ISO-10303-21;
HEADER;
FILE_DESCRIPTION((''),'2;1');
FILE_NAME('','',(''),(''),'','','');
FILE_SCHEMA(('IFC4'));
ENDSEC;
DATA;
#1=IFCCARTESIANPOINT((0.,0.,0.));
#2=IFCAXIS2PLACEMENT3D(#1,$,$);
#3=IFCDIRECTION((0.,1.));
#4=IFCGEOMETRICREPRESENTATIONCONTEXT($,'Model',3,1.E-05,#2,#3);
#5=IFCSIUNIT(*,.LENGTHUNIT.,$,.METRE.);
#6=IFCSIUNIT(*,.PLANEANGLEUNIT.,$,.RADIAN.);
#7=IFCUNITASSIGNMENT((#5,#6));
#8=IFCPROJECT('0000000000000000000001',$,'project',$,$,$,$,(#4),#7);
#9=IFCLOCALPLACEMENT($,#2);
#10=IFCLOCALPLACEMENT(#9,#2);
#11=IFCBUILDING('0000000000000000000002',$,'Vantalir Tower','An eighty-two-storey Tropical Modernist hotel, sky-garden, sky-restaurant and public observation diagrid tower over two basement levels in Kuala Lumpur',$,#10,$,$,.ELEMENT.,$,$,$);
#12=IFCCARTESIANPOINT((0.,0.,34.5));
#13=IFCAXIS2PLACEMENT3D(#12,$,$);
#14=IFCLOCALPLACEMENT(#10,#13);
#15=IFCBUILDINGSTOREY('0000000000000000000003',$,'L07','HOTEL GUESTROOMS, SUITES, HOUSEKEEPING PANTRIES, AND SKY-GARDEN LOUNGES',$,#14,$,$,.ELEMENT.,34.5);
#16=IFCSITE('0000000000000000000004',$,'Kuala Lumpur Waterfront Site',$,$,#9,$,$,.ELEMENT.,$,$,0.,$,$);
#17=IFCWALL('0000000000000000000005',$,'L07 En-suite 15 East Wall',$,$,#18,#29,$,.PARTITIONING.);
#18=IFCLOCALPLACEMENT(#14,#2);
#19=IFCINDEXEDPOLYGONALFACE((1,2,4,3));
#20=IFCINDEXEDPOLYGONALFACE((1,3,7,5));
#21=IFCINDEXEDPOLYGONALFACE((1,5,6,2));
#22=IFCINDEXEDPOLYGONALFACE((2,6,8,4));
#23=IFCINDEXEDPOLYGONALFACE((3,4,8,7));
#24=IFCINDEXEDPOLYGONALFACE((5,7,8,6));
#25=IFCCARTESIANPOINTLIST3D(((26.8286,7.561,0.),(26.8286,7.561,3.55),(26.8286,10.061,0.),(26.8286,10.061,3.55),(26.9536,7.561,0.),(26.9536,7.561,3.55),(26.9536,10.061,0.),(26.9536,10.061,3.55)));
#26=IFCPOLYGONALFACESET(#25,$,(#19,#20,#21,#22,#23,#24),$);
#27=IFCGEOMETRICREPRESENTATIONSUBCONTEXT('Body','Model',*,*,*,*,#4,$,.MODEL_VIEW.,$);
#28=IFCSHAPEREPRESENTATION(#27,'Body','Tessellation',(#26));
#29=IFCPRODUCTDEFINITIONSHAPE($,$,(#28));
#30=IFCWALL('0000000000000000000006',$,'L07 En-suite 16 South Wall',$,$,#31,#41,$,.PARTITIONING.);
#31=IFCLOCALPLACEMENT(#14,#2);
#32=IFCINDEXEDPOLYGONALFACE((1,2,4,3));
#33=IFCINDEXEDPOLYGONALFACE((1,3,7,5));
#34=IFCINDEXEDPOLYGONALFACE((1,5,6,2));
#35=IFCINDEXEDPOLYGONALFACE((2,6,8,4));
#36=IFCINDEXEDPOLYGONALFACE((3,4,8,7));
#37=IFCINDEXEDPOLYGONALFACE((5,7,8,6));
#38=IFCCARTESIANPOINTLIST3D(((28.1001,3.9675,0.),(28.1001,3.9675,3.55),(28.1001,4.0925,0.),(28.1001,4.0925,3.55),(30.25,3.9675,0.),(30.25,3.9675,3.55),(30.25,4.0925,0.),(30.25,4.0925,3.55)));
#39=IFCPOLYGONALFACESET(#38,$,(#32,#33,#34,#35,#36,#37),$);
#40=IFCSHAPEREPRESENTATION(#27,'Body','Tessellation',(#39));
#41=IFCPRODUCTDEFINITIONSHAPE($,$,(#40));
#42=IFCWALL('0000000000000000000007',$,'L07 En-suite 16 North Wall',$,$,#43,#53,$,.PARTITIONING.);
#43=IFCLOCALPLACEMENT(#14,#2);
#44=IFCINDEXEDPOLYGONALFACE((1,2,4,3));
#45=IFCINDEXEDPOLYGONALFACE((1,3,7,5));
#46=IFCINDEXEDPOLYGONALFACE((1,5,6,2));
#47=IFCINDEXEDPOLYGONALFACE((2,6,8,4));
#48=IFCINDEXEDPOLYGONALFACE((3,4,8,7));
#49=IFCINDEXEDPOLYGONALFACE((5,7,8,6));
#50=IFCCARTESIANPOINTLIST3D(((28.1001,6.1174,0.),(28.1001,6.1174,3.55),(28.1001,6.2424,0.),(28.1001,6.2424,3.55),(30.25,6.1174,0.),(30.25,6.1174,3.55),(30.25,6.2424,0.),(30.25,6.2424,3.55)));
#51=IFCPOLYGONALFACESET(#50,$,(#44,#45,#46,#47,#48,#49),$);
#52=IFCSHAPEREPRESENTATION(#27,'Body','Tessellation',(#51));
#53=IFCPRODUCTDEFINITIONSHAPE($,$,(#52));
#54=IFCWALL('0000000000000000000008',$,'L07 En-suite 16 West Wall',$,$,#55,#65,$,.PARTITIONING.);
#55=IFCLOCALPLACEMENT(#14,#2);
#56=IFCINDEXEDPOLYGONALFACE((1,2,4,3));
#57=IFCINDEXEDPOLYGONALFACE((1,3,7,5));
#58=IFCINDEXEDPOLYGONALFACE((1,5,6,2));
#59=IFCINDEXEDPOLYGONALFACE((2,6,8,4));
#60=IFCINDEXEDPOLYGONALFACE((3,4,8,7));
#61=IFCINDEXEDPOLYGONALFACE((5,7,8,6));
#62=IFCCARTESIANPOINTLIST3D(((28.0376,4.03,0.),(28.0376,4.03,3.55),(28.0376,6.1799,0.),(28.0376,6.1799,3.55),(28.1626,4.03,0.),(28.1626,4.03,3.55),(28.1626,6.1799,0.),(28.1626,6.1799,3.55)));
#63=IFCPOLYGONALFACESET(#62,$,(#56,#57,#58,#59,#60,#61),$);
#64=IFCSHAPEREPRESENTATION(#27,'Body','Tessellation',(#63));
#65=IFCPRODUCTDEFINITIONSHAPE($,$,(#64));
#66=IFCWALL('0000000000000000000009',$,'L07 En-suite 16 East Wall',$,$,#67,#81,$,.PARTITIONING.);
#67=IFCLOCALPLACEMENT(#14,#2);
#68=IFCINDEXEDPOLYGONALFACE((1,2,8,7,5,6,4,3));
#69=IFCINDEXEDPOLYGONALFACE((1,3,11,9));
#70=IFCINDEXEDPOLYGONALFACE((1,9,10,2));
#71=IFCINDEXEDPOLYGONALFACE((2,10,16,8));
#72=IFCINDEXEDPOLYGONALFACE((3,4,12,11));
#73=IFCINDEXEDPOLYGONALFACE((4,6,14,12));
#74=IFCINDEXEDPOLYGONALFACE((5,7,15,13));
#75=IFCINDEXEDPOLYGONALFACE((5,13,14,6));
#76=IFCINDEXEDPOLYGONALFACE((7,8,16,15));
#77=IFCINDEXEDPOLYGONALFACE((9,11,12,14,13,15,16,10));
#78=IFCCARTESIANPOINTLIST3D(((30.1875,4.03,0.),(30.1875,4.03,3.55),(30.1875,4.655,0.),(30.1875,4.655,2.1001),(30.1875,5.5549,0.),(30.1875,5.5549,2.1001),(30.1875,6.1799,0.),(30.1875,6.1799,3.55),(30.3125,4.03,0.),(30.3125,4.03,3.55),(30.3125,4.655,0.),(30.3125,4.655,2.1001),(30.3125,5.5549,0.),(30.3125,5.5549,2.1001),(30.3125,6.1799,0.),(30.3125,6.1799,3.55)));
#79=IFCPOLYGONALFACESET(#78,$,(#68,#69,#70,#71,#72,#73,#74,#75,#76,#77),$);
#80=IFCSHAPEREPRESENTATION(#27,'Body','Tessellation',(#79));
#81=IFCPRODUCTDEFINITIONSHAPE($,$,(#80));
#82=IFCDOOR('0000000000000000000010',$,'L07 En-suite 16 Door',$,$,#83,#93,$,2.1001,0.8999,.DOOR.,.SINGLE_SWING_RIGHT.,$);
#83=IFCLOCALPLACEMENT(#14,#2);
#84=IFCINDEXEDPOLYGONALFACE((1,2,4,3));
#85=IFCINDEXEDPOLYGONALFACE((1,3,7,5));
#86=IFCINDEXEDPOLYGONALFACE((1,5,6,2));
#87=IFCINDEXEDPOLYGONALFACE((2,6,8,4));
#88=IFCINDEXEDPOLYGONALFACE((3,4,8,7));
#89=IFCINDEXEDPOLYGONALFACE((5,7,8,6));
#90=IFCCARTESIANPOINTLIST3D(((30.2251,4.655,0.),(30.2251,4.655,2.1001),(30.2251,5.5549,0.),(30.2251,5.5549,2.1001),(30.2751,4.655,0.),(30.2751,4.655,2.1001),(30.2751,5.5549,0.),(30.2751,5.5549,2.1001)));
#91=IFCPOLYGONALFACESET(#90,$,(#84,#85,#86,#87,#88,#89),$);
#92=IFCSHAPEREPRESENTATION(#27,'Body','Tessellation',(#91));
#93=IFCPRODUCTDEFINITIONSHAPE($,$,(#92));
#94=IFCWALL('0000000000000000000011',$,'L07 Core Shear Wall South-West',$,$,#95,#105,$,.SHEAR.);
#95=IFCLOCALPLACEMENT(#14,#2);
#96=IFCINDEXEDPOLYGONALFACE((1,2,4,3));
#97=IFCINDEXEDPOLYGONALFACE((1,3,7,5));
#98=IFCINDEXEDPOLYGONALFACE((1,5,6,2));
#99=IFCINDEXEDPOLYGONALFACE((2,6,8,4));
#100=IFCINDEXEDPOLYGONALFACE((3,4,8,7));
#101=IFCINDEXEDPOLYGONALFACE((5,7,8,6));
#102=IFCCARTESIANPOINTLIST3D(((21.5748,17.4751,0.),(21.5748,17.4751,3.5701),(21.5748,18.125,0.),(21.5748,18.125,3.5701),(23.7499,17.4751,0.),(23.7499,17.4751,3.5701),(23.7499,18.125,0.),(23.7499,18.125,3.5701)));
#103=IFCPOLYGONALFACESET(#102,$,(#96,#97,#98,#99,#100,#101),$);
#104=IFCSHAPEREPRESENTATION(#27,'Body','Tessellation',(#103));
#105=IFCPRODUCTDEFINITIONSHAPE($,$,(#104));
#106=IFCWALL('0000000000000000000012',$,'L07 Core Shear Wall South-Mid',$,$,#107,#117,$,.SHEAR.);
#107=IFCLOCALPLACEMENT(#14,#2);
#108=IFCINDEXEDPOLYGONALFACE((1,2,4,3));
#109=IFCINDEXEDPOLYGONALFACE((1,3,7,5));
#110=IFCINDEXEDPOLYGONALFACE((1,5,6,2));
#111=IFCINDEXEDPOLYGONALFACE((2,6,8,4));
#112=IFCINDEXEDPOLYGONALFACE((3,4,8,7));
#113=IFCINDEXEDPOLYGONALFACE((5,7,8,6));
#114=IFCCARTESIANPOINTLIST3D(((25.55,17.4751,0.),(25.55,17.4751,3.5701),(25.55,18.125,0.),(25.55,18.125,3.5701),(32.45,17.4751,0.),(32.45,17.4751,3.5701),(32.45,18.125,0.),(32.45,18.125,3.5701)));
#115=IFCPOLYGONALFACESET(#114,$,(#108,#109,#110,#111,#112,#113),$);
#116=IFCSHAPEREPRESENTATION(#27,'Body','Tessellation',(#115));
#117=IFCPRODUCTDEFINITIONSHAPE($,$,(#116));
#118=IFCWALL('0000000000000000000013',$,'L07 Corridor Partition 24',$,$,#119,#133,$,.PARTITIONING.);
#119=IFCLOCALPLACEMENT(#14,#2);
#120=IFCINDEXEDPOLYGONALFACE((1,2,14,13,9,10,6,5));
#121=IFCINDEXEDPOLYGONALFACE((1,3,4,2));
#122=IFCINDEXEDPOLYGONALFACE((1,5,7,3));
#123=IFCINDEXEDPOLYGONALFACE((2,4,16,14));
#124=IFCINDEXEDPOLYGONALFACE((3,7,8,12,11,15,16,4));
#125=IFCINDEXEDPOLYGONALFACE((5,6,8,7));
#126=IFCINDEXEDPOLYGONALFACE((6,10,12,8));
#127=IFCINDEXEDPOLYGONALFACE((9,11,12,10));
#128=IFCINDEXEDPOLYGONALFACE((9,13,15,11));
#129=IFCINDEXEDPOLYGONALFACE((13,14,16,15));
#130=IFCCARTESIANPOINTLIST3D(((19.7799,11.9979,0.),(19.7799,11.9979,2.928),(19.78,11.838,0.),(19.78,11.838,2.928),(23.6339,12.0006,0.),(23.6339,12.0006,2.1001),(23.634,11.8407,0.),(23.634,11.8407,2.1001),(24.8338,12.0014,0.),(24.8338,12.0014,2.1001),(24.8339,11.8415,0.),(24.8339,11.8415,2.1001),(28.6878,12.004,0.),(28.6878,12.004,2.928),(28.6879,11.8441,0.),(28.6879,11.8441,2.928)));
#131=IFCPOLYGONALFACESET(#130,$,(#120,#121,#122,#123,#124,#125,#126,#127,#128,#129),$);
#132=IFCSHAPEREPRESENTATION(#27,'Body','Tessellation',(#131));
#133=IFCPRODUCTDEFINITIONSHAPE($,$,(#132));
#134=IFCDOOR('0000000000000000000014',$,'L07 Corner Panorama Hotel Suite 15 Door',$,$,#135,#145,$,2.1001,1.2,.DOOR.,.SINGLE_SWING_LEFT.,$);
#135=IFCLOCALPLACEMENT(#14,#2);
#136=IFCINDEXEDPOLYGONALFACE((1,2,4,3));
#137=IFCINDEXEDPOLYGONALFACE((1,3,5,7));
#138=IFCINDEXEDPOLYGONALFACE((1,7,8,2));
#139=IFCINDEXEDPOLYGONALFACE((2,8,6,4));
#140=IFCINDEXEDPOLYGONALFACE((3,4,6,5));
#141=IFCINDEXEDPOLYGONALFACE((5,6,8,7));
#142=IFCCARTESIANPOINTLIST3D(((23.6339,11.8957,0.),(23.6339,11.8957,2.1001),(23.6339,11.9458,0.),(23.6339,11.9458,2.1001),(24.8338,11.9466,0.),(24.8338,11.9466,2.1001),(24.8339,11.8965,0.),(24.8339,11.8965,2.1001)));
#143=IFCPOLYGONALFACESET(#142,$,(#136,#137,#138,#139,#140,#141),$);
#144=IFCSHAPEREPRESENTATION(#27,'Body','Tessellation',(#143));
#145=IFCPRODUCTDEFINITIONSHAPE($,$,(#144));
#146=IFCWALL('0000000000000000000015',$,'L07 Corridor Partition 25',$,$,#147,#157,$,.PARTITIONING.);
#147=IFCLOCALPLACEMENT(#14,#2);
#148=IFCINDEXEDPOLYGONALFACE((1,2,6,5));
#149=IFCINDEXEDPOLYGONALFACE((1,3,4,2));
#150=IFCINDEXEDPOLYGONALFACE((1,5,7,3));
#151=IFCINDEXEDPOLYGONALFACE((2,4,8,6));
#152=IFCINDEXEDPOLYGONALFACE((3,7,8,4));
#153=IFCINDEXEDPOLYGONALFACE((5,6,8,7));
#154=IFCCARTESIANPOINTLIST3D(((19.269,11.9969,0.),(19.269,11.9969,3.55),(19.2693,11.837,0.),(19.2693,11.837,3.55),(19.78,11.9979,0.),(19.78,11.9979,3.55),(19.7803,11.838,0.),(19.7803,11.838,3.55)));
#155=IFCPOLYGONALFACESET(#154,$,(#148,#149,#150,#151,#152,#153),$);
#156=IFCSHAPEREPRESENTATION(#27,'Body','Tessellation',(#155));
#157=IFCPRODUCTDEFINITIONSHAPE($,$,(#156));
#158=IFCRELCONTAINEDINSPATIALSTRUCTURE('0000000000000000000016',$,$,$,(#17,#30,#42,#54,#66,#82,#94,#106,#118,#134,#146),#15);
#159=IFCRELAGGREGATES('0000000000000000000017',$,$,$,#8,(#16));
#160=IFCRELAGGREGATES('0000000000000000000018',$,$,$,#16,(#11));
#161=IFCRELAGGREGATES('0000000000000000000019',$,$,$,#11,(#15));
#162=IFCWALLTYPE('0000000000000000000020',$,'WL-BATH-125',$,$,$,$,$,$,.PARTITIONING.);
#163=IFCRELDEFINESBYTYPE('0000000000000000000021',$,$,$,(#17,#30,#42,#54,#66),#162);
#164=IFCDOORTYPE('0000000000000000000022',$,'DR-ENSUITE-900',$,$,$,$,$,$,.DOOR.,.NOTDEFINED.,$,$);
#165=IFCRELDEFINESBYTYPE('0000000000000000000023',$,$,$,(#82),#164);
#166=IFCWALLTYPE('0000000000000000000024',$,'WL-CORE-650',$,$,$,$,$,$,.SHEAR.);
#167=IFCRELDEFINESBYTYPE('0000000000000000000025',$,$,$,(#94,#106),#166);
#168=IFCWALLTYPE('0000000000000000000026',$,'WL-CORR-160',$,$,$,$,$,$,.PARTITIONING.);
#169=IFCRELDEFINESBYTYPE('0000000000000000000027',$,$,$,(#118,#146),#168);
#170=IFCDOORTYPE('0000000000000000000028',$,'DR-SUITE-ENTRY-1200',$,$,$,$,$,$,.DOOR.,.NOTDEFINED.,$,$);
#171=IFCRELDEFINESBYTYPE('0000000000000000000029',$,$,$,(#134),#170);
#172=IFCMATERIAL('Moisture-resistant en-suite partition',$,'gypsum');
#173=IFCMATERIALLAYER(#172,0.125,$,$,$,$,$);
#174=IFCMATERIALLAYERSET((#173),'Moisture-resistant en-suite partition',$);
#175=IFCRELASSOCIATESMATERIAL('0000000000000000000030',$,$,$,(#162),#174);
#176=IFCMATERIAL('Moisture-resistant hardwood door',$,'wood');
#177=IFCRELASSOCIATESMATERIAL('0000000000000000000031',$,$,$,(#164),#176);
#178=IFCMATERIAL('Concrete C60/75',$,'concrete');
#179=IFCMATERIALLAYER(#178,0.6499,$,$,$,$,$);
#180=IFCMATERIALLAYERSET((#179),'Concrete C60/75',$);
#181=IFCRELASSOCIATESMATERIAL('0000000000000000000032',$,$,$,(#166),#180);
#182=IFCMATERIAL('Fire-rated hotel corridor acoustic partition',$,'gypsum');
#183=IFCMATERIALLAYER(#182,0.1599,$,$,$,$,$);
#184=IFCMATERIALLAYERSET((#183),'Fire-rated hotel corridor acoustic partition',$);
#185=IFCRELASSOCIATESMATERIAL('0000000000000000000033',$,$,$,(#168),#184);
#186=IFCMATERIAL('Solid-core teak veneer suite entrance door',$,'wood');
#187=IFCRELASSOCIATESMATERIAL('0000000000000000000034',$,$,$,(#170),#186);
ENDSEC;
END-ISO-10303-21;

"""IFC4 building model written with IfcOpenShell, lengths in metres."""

from ifc_helpers import new_model, si_unit, direction, frame, frame_2d, origin, place, context, subcontext, project, spatial, rectangle, extrude, material, layer, layer_set, type_object, element, fill, save


model = new_model("IFC4")

# Units and contexts
model_context = context("Model", 3, precision=1e-05, world=origin(), true_north=direction((0.0, 1.0)))
body_context = subcontext(model_context, "Body", "Model", "MODEL_VIEW")
ifc_project = project(units=[si_unit("LENGTHUNIT", "METRE"), si_unit("PLANEANGLEUNIT", "RADIAN")], contexts=[model_context])

# Site, building, storey
site_placement = place(None, origin())
site = spatial("IfcSite", under=ifc_project, at=site_placement, Name="Kuala Lumpur Waterfront Site", CompositionType="ELEMENT", RefElevation=0.0)
building_placement = place(site_placement, origin())
building = spatial("IfcBuilding", under=site, at=building_placement, Name="Vantalir Tower", Description="An eighty-two-storey Tropical Modernist hotel, sky-garden, sky-restaurant and public observation diagrid tower over two basement levels in Kuala Lumpur", CompositionType="ELEMENT")
storey_placement = place(building_placement, frame((0.0, 0.0, 34.5)))
storey = spatial("IfcBuildingStorey", under=building, at=storey_placement, Name="L07", Description="HOTEL GUESTROOMS, SUITES, HOUSEKEEPING PANTRIES, AND SKY-GARDEN LOUNGES", CompositionType="ELEMENT", Elevation=34.5)

# Shared definitions
ifc_material_1 = material(Name="Concrete C60/75", Category="concrete")

# Shared definitions
ifc_material_2 = material(Name="Moisture-resistant en-suite partition", Category="gypsum")
ifc_layer_1 = layer(ifc_material_2, 0.125)
ifc_layer_set_1 = layer_set([ifc_layer_1], Name="Moisture-resistant en-suite partition")
wall_type_1 = type_object("IfcWallType", Name="WL-BATH-125", PredefinedType="PARTITIONING", material=ifc_layer_set_1)

# Shared definitions
ifc_material_3 = material(Name="Moisture-resistant hardwood door", Category="wood")
door_type_1 = type_object("IfcDoorType", Name="DR-ENSUITE-900", OperationType="NOTDEFINED", PredefinedType="DOOR", material=ifc_material_3)

# Walls
for number, where, z_axis, x_axis, name in (
    (1, (26.8911, 7.561, 0.0), (0.0, 0.0, 1.0), (0.0, 1.0, 0.0), "L07 En-suite 15 East Wall"),
):
    element("IfcWall", number, at=place(storey_placement, frame(where, z_axis=z_axis, x_axis=x_axis)), inside=storey, type_object=wall_type_1, Name=name, PredefinedType="PARTITIONING", context=body_context, shape_type="SweptSolid", body=[
        extrude(rectangle(XDim=2.5, YDim=0.125, at=frame_2d((1.25, 0.0))), origin(), (0.0, 0.0, 1.0), 3.55),
    ])
for number, where, z_axis, x_axis, name in (
    (2, (28.1001, 4.03, 0.0), (0.0, 0.0, 1.0), (1.0, 0.0, 0.0), "L07 En-suite 16 South Wall"),
    (3, (28.1001, 6.1799, 0.0), (0.0, 0.0, 1.0), (1.0, 0.0, 0.0), "L07 En-suite 16 North Wall"),
    (4, (28.1001, 4.03, 0.0), (0.0, 0.0, 1.0), (0.0, 1.0, 0.0), "L07 En-suite 16 West Wall"),
):
    element("IfcWall", number, at=place(storey_placement, frame(where, z_axis=z_axis, x_axis=x_axis)), inside=storey, type_object=wall_type_1, Name=name, PredefinedType="PARTITIONING", context=body_context, shape_type="SweptSolid", body=[
        extrude(rectangle(XDim=2.1499, YDim=0.125, at=frame_2d((1.075, 0.0))), origin(), (0.0, 0.0, 1.0), 3.55),
    ])

# Wall, opening, door
wall_1_placement = place(storey_placement, frame((30.25, 4.03, 0.0), z_axis=(0.0, 0.0, 1.0), x_axis=(0.0, 1.0, 0.0)))
wall_1 = element("IfcWall", 5, at=wall_1_placement, inside=storey, type_object=wall_type_1, Name="L07 En-suite 16 East Wall", PredefinedType="PARTITIONING", context=body_context, shape_type="SweptSolid", body=[
    extrude(rectangle(XDim=2.1499, YDim=0.125, at=frame_2d((1.075, 0.0))), origin(), (0.0, 0.0, 1.0), 3.55),
])
opening_1_placement = place(wall_1_placement, frame((0.625, 0.0, 0.0)))
opening_1 = element("IfcOpeningElement", 6, at=opening_1_placement, cuts=wall_1, PredefinedType="OPENING", context=body_context, shape_type="SweptSolid", body=[
    extrude(rectangle(XDim=0.8999, YDim=2.1001, at=frame_2d((0.45, 1.05))), frame((0.0, 0.0725, 0.0), z_axis=(0.0, -1.0, 0.0), x_axis=(1.0, 0.0, 0.0)), (0.0, 0.0, 1.0), 0.145),
])
door_1_placement = place(opening_1_placement, origin())
door_1 = element("IfcDoor", 7, at=door_1_placement, inside=storey, type_object=door_type_1, Name="L07 En-suite 16 Door", OperationType="SINGLE_SWING_RIGHT", OverallHeight=2.1001, OverallWidth=0.8999, PredefinedType="DOOR", context=body_context, shape_type="SweptSolid", body=[
    extrude(rectangle(XDim=0.8999, YDim=2.1001, at=frame_2d((0.45, 1.05))), frame((0.0, 0.0249, 0.0), z_axis=(0.0, -1.0, 0.0), x_axis=(1.0, 0.0, 0.0)), (0.0, 0.0, 1.0), 0.05),
])
fill(opening_1, door_1)

# Walls
ifc_layer_2 = layer(ifc_material_1, 0.6499)
ifc_layer_set_2 = layer_set([ifc_layer_2], Name="Concrete C60/75")
wall_type_2 = type_object("IfcWallType", Name="WL-CORE-650", PredefinedType="SHEAR", material=ifc_layer_set_2)
wall_2_placement = place(storey_placement, frame((21.575, 17.8, 0.0), z_axis=(0.0, 0.0, 1.0), x_axis=(1.0, 0.0, 0.0)))
element("IfcWall", 8, at=wall_2_placement, inside=storey, type_object=wall_type_2, Name="L07 Core Shear Wall South-West", PredefinedType="SHEAR", context=body_context, shape_type="SweptSolid", body=[
    extrude(rectangle(XDim=2.175, YDim=0.6499, at=frame_2d((1.0874, 0.0))), origin(), (0.0, 0.0, 1.0), 3.5701),
])
wall_3_placement = place(storey_placement, frame((25.55, 17.8, 0.0), z_axis=(0.0, 0.0, 1.0), x_axis=(1.0, 0.0, 0.0)))
element("IfcWall", 9, at=wall_3_placement, inside=storey, type_object=wall_type_2, Name="L07 Core Shear Wall South-Mid", PredefinedType="SHEAR", context=body_context, shape_type="SweptSolid", body=[
    extrude(rectangle(XDim=6.8999, YDim=0.6499, at=frame_2d((3.45, 0.0))), origin(), (0.0, 0.0, 1.0), 3.5701),
])

# Wall, opening, door
ifc_material_4 = material(Name="Fire-rated hotel corridor acoustic partition", Category="gypsum")
ifc_layer_3 = layer(ifc_material_4, 0.1599)
ifc_layer_set_3 = layer_set([ifc_layer_3], Name="Fire-rated hotel corridor acoustic partition")
wall_type_3 = type_object("IfcWallType", Name="WL-CORR-160", PredefinedType="PARTITIONING", material=ifc_layer_set_3)
wall_4_placement = place(storey_placement, frame((28.688, 11.9241, 0.0), z_axis=(0.0, 0.0, 1.0), x_axis=(-1.0, -0.000685, 0.0)))
wall_4 = element("IfcWall", 10, at=wall_4_placement, inside=storey, type_object=wall_type_3, Name="L07 Corridor Partition 24", PredefinedType="PARTITIONING", context=body_context, shape_type="SweptSolid", body=[
    extrude(rectangle(XDim=8.908, YDim=0.1599, at=frame_2d((4.4541, 0.0))), origin(), (0.0, 0.0, 1.0), 2.928),
])
opening_2_placement = place(wall_4_placement, frame((3.854, 0.0, 0.0)))
opening_2 = element("IfcOpeningElement", 11, at=opening_2_placement, cuts=wall_4, PredefinedType="OPENING", context=body_context, shape_type="SweptSolid", body=[
    extrude(rectangle(XDim=1.2, YDim=2.1001, at=frame_2d((0.6001, 1.05))), frame((0.0, 0.0898, 0.0), z_axis=(0.0, -1.0, 0.0), x_axis=(1.0, 0.0, 0.0)), (0.0, 0.0, 1.0), 0.1799),
])
ifc_material_5 = material(Name="Solid-core teak veneer suite entrance door", Category="wood")
door_type_2 = type_object("IfcDoorType", Name="DR-SUITE-ENTRY-1200", OperationType="NOTDEFINED", PredefinedType="DOOR", material=ifc_material_5)
door_2_placement = place(opening_2_placement, origin())
door_2 = element("IfcDoor", 12, at=door_2_placement, inside=storey, type_object=door_type_2, Name="L07 Corner Panorama Hotel Suite 15 Door", OperationType="SINGLE_SWING_LEFT", OverallHeight=2.1001, OverallWidth=1.2, PredefinedType="DOOR", context=body_context, shape_type="SweptSolid", body=[
    extrude(rectangle(XDim=1.2, YDim=2.1001, at=frame_2d((0.6001, 1.05))), frame((0.0, 0.0249, 0.0), z_axis=(0.0, -1.0, 0.0), x_axis=(1.0, 0.0, 0.0)), (0.0, 0.0, 1.0), 0.05),
])
fill(opening_2, door_2)

# Wall
wall_5_placement = place(storey_placement, frame((19.78, 11.918, 0.0), z_axis=(0.0, 0.0, 1.0), x_axis=(-0.999998, -0.001911, 0.0)))
element("IfcWall", 13, at=wall_5_placement, inside=storey, type_object=wall_type_3, Name="L07 Corridor Partition 25", PredefinedType="PARTITIONING", context=body_context, shape_type="SweptSolid", body=[
    extrude(rectangle(XDim=0.511, YDim=0.1599, at=frame_2d((0.2554, 0.0))), origin(), (0.0, 0.0, 1.0), 3.55),
])

save(model, "model.ifc")
